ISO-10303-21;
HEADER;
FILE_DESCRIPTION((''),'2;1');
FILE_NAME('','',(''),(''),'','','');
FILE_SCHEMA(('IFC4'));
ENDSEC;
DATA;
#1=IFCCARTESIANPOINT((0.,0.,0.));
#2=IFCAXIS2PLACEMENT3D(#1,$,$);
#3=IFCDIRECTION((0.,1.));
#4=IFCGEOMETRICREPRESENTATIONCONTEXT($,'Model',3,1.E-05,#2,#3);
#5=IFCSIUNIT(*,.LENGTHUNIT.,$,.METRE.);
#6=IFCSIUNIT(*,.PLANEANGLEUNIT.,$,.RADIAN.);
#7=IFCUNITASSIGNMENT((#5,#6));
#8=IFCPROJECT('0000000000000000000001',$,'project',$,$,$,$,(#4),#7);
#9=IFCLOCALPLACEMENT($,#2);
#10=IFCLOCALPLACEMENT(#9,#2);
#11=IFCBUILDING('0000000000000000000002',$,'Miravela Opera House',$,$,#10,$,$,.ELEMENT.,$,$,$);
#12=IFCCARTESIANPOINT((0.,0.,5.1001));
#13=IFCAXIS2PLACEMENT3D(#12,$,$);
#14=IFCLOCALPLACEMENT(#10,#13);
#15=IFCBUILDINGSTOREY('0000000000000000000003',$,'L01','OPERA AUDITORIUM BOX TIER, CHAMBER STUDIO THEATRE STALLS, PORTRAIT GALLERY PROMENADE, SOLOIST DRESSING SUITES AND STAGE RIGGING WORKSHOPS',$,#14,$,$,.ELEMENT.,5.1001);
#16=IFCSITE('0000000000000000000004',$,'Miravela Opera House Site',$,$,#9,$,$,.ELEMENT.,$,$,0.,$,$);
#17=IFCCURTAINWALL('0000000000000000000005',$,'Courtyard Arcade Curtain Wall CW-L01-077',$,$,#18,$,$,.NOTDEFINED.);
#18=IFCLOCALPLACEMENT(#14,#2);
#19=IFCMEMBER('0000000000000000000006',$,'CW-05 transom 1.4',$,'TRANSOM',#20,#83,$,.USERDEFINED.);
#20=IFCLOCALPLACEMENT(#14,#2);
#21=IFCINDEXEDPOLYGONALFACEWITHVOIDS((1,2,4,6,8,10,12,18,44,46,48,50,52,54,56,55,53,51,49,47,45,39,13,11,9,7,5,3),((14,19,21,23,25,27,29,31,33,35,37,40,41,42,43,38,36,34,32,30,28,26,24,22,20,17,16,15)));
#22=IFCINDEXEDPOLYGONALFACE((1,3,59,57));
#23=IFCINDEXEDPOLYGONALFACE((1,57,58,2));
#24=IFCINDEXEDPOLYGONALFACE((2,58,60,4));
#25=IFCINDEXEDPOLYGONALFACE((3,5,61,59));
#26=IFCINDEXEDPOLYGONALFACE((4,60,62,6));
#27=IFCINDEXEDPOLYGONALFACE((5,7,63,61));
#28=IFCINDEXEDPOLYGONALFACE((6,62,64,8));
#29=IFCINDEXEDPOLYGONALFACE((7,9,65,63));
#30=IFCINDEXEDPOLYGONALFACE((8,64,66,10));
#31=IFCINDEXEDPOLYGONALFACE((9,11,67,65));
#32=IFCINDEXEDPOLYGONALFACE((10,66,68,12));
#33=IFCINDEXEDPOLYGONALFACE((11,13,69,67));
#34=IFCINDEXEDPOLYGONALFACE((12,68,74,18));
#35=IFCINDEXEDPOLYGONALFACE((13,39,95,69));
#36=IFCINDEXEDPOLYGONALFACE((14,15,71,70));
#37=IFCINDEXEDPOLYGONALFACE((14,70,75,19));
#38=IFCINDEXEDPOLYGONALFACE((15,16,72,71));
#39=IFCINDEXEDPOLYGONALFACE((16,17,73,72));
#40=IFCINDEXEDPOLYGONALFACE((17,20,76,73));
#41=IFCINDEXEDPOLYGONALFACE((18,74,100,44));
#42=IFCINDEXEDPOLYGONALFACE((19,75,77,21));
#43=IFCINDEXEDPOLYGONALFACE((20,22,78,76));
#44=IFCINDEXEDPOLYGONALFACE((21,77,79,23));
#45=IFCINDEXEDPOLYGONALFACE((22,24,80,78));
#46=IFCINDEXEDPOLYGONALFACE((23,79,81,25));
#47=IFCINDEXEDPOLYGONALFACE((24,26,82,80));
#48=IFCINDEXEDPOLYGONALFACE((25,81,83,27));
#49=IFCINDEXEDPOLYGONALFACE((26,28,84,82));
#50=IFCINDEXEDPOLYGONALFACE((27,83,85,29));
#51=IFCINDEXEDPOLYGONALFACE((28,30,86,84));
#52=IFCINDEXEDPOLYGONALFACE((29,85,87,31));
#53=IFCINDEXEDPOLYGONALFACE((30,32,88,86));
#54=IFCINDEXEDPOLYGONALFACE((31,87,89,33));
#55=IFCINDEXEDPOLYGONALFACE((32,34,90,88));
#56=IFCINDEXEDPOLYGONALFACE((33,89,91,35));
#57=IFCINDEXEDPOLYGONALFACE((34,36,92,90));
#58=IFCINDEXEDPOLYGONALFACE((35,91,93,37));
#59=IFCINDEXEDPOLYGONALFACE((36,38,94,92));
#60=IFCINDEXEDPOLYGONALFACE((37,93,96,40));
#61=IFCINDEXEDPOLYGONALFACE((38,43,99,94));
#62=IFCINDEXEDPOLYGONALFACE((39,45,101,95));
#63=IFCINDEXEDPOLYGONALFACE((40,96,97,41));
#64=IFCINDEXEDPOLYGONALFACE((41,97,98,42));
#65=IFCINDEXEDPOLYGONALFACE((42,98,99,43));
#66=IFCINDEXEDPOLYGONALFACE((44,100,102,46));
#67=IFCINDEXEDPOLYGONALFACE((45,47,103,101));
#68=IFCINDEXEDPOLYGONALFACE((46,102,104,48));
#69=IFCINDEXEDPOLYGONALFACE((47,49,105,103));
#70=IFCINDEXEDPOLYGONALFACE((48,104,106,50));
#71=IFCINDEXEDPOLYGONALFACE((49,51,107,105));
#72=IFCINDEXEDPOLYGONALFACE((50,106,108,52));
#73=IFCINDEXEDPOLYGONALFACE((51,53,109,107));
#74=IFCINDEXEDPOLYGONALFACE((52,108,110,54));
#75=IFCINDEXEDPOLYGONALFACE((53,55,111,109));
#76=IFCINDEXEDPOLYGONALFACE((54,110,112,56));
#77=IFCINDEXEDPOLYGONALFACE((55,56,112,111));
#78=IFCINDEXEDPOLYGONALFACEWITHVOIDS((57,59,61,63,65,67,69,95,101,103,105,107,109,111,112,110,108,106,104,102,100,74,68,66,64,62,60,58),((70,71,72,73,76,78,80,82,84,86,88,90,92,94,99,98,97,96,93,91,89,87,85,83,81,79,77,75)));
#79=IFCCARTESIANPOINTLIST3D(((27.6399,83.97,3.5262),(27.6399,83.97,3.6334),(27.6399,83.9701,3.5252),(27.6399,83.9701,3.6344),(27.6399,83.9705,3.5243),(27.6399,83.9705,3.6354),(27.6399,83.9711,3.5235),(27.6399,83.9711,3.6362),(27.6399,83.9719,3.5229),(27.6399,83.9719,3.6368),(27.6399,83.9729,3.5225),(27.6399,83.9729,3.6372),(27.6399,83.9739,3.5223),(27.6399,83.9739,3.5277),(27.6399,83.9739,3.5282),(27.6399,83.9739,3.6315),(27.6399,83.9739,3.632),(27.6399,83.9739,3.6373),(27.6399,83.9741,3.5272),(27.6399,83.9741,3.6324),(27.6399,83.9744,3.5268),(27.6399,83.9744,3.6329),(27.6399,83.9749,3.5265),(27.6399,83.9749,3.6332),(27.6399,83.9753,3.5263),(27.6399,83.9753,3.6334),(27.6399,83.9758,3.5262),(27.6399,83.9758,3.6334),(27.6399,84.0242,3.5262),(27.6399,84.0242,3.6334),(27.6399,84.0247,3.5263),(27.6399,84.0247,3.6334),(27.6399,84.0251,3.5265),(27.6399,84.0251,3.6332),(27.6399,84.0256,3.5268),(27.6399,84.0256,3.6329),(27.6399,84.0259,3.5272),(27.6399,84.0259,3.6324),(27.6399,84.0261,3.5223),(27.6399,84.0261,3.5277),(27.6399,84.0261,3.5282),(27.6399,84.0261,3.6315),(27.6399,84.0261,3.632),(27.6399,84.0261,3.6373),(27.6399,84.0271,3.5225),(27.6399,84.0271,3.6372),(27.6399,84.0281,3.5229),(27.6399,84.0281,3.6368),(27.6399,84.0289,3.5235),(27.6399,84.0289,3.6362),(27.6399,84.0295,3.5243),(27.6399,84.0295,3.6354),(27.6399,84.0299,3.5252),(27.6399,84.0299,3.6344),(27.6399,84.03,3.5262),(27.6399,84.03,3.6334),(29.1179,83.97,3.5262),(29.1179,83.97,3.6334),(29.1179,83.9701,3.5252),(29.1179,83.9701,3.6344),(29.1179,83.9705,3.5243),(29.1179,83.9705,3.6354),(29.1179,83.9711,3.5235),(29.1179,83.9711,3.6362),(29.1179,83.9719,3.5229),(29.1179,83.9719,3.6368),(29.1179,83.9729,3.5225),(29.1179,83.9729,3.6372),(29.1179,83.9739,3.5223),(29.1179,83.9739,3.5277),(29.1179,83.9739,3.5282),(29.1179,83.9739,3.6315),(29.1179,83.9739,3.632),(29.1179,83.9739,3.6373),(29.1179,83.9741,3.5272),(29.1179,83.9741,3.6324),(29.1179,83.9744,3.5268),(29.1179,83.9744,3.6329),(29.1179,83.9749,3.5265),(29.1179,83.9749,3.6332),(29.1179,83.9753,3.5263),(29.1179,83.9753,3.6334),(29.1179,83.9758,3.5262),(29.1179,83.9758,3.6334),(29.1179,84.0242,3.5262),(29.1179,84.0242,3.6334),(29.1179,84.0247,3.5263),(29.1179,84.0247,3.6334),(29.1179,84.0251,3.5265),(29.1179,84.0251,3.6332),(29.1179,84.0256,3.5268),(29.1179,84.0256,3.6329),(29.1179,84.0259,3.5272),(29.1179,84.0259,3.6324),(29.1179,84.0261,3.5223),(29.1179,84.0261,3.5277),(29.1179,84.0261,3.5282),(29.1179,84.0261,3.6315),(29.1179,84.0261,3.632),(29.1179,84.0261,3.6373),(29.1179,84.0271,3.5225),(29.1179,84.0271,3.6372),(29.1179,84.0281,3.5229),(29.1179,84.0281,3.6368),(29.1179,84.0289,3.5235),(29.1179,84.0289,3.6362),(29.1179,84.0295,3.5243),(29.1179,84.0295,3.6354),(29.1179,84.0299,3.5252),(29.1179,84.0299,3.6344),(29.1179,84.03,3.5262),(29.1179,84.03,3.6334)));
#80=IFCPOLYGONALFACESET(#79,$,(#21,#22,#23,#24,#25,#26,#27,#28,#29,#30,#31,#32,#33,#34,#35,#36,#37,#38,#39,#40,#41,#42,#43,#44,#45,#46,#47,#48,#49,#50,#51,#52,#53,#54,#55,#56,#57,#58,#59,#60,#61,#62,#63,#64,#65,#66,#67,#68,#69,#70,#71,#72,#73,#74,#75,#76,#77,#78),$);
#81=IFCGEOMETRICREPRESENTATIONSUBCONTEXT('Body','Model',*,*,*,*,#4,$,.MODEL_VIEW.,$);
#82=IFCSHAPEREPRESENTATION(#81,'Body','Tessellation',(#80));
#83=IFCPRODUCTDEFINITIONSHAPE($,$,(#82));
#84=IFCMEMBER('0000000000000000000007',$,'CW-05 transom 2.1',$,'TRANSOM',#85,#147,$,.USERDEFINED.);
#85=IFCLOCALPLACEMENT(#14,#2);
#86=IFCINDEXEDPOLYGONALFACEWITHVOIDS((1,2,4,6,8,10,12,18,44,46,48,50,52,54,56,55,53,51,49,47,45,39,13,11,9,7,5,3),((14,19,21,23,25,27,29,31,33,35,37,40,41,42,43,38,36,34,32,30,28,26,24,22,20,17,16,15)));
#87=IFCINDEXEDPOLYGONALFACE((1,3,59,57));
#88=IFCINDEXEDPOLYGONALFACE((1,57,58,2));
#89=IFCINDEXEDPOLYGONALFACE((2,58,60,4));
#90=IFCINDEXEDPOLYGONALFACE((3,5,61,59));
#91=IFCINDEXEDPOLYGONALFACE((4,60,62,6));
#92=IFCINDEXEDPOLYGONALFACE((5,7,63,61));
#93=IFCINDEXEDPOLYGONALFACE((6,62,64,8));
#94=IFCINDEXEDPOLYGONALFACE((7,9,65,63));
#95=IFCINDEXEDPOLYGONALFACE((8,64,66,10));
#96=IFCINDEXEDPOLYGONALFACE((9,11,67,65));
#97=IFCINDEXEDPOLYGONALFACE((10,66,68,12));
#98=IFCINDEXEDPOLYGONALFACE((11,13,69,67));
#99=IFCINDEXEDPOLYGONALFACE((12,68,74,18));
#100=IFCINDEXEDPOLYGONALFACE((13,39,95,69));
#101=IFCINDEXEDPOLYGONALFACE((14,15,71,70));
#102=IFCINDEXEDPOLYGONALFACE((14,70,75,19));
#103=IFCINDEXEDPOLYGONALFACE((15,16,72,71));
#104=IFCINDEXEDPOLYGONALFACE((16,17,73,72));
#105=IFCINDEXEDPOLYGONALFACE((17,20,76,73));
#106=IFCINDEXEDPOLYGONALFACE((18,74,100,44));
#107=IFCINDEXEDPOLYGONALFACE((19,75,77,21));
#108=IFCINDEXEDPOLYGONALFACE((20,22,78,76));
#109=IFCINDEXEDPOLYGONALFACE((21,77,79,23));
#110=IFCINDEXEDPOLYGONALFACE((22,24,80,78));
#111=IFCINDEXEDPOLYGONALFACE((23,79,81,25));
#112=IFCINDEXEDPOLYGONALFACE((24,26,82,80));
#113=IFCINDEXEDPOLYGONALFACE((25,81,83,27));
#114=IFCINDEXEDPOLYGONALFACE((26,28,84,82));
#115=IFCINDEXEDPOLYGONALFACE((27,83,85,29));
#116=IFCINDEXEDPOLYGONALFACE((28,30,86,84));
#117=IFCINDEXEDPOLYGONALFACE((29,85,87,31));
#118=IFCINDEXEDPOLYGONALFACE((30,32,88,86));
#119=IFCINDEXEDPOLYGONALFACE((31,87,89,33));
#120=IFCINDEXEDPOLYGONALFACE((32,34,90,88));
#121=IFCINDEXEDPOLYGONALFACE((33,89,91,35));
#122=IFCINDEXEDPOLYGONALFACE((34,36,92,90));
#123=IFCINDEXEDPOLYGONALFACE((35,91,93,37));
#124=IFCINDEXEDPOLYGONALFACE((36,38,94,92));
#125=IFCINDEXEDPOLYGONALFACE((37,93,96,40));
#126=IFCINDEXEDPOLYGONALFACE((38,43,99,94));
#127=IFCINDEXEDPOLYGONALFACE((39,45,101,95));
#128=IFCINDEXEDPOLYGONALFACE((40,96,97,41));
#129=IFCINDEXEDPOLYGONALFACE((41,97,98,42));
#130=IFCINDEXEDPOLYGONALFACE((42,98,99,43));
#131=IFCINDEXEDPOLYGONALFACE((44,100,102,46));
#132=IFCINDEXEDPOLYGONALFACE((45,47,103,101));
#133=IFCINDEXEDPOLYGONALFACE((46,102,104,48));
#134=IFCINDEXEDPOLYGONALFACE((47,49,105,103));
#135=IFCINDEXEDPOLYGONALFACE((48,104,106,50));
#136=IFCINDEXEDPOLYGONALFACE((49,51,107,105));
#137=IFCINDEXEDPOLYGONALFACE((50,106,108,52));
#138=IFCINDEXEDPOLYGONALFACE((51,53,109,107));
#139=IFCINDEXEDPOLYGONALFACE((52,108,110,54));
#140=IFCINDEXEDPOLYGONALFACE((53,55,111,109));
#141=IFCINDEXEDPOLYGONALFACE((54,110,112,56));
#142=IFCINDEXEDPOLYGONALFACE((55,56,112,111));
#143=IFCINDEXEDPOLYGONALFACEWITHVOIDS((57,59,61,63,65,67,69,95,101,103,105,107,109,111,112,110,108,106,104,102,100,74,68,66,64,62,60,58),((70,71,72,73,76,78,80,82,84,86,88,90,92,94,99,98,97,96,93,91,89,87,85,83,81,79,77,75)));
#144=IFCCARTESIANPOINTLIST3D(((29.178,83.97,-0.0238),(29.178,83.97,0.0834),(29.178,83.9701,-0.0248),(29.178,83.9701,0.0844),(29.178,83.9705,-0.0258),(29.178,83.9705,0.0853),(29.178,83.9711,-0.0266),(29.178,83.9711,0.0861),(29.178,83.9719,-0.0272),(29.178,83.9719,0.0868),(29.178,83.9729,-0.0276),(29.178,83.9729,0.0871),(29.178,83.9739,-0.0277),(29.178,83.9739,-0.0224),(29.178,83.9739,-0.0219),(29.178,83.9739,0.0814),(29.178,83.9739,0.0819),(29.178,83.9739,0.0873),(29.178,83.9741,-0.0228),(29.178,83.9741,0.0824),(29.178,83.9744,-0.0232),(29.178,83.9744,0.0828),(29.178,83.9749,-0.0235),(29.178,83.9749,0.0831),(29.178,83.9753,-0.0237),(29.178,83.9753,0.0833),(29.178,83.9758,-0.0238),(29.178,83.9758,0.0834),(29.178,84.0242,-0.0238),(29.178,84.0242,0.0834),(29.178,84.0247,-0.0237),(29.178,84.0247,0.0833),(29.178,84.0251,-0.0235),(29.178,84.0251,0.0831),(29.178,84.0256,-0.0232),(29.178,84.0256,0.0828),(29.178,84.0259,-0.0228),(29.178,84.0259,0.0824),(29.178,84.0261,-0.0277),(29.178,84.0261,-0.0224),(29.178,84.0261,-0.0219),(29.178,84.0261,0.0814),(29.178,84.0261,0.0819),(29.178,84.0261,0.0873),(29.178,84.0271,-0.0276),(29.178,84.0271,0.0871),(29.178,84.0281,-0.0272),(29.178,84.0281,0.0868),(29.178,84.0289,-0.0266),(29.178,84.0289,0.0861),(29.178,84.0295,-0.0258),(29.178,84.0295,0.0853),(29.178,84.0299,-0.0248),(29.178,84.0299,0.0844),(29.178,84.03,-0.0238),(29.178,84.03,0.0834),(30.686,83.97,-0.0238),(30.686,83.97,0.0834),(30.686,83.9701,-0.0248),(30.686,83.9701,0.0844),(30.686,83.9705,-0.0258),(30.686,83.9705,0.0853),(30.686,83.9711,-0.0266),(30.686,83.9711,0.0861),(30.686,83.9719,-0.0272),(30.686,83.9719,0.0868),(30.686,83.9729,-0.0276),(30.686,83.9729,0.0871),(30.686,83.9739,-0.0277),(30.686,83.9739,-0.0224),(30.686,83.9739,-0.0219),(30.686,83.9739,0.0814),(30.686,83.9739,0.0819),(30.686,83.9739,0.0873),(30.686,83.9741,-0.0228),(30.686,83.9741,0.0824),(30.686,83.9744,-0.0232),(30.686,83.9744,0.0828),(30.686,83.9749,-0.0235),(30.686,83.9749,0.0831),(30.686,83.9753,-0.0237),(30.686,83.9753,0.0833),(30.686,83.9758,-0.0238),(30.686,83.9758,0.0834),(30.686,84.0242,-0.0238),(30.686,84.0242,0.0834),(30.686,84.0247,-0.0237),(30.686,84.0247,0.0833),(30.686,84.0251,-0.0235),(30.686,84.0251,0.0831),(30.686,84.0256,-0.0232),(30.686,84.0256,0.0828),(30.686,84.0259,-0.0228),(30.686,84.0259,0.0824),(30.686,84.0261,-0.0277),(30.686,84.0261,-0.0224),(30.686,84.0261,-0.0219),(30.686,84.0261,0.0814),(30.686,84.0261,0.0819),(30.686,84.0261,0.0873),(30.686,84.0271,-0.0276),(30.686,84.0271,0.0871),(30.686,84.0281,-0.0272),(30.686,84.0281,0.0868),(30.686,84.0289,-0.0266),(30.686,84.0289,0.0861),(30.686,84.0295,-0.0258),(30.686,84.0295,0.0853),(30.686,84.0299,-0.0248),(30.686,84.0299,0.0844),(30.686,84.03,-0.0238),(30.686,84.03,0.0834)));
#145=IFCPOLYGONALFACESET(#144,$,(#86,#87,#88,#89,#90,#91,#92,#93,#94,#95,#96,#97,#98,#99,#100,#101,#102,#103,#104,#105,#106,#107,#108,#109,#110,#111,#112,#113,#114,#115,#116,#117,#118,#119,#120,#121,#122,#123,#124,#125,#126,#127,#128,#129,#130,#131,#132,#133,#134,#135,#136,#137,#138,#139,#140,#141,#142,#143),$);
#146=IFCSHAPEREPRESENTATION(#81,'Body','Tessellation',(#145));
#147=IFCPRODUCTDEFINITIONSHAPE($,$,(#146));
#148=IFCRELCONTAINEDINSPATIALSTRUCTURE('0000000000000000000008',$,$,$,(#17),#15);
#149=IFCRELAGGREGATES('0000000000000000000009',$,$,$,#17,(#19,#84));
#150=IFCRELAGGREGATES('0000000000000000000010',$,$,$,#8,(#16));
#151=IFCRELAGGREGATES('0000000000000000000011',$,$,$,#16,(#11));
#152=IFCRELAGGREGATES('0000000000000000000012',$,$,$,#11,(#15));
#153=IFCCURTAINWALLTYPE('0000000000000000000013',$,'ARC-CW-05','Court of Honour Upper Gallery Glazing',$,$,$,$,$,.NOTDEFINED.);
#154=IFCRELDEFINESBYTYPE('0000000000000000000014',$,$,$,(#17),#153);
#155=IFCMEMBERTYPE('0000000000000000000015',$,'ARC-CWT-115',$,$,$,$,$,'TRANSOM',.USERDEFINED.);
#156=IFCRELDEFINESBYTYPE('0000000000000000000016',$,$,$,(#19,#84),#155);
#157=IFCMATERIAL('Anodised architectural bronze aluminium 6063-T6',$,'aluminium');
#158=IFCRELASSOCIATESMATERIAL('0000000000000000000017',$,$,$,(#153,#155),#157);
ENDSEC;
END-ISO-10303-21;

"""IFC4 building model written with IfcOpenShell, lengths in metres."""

from ifc_helpers import new_model, si_unit, direction, frame, origin, origin_2d, place, context, subcontext, project, spatial, hollow_rectangle, extrude, material, material_profile, profile_set, type_object, element, aggregate, save


model = new_model("IFC4")

# Units and contexts
model_context = context("Model", 3, precision=1e-05, world=origin(), true_north=direction((0.0, 1.0)))
body_context = subcontext(model_context, "Body", "Model", "MODEL_VIEW")
ifc_project = project(units=[si_unit("LENGTHUNIT", "METRE"), si_unit("PLANEANGLEUNIT", "RADIAN")], contexts=[model_context])

# Site, building, storey
site_placement = place(None, origin())
site = spatial("IfcSite", under=ifc_project, at=site_placement, Name="Miravela Opera House Site", CompositionType="ELEMENT", RefElevation=0.0)
building_placement = place(site_placement, origin())
building = spatial("IfcBuilding", under=site, at=building_placement, Name="Miravela Opera House", CompositionType="ELEMENT")
storey_placement = place(building_placement, frame((0.0, 0.0, 5.1001)))
storey = spatial("IfcBuildingStorey", under=building, at=storey_placement, Name="L01", Description="OPERA AUDITORIUM BOX TIER, CHAMBER STUDIO THEATRE STALLS, PORTRAIT GALLERY PROMENADE, SOLOIST DRESSING SUITES AND STAGE RIGGING WORKSHOPS", CompositionType="ELEMENT", Elevation=5.1001)

# Curtain wall
ifc_material_1 = material(Name="Anodised architectural bronze aluminium 6063-T6", Category="aluminium")
curtain_wall_type_1 = type_object("IfcCurtainWallType", Name="ARC-CW-05", Description="Court of Honour Upper Gallery Glazing", PredefinedType="NOTDEFINED", material=ifc_material_1)
curtain_wall_1_placement = place(storey_placement, origin())
curtain_wall_1 = element("IfcCurtainWall", 1, at=curtain_wall_1_placement, inside=storey, type_object=curtain_wall_type_1, Name="Courtyard Arcade Curtain Wall CW-L01-077", PredefinedType="NOTDEFINED")

# Members
ifc_material_profile_1 = material_profile(ifc_material_1, hollow_rectangle(XDim=0.0601, YDim=0.115, WallThickness=0.0039, InnerFilletRadius=0.002, OuterFilletRadius=0.0039, at=origin_2d()), Name="CWT-60X115")
ifc_profile_set_1 = profile_set([ifc_material_profile_1])
member_type_1 = type_object("IfcMemberType", Name="ARC-CWT-115", ElementType="TRANSOM", PredefinedType="USERDEFINED", material=ifc_profile_set_1)
member_1_placement = place(storey_placement, frame((27.6399, 84.0, 3.5798), z_axis=(1.0, 0.0, 0.0), x_axis=(0.0, 1.0, 0.0)))
member_1 = element("IfcMember", 2, at=member_1_placement, type_object=member_type_1, Name="CW-05 transom 1.4", ObjectType="TRANSOM", PredefinedType="USERDEFINED", context=body_context, shape_type="SweptSolid", body=[
    extrude(hollow_rectangle(XDim=0.0601, YDim=0.115, WallThickness=0.0039, InnerFilletRadius=0.002, OuterFilletRadius=0.0039, at=origin_2d()), origin(), (0.0, 0.0, 1.0), 1.478),
])
member_2_placement = place(storey_placement, frame((29.178, 84.0, 0.0298), z_axis=(1.0, 0.0, 0.0), x_axis=(0.0, 1.0, 0.0)))
member_2 = element("IfcMember", 3, at=member_2_placement, type_object=member_type_1, Name="CW-05 transom 2.1", ObjectType="TRANSOM", PredefinedType="USERDEFINED", context=body_context, shape_type="SweptSolid", body=[
    extrude(hollow_rectangle(XDim=0.0601, YDim=0.115, WallThickness=0.0039, InnerFilletRadius=0.002, OuterFilletRadius=0.0039, at=origin_2d()), origin(), (0.0, 0.0, 1.0), 1.5081),
])

aggregate(curtain_wall_1, [member_1, member_2])

save(model, "model.ifc")
